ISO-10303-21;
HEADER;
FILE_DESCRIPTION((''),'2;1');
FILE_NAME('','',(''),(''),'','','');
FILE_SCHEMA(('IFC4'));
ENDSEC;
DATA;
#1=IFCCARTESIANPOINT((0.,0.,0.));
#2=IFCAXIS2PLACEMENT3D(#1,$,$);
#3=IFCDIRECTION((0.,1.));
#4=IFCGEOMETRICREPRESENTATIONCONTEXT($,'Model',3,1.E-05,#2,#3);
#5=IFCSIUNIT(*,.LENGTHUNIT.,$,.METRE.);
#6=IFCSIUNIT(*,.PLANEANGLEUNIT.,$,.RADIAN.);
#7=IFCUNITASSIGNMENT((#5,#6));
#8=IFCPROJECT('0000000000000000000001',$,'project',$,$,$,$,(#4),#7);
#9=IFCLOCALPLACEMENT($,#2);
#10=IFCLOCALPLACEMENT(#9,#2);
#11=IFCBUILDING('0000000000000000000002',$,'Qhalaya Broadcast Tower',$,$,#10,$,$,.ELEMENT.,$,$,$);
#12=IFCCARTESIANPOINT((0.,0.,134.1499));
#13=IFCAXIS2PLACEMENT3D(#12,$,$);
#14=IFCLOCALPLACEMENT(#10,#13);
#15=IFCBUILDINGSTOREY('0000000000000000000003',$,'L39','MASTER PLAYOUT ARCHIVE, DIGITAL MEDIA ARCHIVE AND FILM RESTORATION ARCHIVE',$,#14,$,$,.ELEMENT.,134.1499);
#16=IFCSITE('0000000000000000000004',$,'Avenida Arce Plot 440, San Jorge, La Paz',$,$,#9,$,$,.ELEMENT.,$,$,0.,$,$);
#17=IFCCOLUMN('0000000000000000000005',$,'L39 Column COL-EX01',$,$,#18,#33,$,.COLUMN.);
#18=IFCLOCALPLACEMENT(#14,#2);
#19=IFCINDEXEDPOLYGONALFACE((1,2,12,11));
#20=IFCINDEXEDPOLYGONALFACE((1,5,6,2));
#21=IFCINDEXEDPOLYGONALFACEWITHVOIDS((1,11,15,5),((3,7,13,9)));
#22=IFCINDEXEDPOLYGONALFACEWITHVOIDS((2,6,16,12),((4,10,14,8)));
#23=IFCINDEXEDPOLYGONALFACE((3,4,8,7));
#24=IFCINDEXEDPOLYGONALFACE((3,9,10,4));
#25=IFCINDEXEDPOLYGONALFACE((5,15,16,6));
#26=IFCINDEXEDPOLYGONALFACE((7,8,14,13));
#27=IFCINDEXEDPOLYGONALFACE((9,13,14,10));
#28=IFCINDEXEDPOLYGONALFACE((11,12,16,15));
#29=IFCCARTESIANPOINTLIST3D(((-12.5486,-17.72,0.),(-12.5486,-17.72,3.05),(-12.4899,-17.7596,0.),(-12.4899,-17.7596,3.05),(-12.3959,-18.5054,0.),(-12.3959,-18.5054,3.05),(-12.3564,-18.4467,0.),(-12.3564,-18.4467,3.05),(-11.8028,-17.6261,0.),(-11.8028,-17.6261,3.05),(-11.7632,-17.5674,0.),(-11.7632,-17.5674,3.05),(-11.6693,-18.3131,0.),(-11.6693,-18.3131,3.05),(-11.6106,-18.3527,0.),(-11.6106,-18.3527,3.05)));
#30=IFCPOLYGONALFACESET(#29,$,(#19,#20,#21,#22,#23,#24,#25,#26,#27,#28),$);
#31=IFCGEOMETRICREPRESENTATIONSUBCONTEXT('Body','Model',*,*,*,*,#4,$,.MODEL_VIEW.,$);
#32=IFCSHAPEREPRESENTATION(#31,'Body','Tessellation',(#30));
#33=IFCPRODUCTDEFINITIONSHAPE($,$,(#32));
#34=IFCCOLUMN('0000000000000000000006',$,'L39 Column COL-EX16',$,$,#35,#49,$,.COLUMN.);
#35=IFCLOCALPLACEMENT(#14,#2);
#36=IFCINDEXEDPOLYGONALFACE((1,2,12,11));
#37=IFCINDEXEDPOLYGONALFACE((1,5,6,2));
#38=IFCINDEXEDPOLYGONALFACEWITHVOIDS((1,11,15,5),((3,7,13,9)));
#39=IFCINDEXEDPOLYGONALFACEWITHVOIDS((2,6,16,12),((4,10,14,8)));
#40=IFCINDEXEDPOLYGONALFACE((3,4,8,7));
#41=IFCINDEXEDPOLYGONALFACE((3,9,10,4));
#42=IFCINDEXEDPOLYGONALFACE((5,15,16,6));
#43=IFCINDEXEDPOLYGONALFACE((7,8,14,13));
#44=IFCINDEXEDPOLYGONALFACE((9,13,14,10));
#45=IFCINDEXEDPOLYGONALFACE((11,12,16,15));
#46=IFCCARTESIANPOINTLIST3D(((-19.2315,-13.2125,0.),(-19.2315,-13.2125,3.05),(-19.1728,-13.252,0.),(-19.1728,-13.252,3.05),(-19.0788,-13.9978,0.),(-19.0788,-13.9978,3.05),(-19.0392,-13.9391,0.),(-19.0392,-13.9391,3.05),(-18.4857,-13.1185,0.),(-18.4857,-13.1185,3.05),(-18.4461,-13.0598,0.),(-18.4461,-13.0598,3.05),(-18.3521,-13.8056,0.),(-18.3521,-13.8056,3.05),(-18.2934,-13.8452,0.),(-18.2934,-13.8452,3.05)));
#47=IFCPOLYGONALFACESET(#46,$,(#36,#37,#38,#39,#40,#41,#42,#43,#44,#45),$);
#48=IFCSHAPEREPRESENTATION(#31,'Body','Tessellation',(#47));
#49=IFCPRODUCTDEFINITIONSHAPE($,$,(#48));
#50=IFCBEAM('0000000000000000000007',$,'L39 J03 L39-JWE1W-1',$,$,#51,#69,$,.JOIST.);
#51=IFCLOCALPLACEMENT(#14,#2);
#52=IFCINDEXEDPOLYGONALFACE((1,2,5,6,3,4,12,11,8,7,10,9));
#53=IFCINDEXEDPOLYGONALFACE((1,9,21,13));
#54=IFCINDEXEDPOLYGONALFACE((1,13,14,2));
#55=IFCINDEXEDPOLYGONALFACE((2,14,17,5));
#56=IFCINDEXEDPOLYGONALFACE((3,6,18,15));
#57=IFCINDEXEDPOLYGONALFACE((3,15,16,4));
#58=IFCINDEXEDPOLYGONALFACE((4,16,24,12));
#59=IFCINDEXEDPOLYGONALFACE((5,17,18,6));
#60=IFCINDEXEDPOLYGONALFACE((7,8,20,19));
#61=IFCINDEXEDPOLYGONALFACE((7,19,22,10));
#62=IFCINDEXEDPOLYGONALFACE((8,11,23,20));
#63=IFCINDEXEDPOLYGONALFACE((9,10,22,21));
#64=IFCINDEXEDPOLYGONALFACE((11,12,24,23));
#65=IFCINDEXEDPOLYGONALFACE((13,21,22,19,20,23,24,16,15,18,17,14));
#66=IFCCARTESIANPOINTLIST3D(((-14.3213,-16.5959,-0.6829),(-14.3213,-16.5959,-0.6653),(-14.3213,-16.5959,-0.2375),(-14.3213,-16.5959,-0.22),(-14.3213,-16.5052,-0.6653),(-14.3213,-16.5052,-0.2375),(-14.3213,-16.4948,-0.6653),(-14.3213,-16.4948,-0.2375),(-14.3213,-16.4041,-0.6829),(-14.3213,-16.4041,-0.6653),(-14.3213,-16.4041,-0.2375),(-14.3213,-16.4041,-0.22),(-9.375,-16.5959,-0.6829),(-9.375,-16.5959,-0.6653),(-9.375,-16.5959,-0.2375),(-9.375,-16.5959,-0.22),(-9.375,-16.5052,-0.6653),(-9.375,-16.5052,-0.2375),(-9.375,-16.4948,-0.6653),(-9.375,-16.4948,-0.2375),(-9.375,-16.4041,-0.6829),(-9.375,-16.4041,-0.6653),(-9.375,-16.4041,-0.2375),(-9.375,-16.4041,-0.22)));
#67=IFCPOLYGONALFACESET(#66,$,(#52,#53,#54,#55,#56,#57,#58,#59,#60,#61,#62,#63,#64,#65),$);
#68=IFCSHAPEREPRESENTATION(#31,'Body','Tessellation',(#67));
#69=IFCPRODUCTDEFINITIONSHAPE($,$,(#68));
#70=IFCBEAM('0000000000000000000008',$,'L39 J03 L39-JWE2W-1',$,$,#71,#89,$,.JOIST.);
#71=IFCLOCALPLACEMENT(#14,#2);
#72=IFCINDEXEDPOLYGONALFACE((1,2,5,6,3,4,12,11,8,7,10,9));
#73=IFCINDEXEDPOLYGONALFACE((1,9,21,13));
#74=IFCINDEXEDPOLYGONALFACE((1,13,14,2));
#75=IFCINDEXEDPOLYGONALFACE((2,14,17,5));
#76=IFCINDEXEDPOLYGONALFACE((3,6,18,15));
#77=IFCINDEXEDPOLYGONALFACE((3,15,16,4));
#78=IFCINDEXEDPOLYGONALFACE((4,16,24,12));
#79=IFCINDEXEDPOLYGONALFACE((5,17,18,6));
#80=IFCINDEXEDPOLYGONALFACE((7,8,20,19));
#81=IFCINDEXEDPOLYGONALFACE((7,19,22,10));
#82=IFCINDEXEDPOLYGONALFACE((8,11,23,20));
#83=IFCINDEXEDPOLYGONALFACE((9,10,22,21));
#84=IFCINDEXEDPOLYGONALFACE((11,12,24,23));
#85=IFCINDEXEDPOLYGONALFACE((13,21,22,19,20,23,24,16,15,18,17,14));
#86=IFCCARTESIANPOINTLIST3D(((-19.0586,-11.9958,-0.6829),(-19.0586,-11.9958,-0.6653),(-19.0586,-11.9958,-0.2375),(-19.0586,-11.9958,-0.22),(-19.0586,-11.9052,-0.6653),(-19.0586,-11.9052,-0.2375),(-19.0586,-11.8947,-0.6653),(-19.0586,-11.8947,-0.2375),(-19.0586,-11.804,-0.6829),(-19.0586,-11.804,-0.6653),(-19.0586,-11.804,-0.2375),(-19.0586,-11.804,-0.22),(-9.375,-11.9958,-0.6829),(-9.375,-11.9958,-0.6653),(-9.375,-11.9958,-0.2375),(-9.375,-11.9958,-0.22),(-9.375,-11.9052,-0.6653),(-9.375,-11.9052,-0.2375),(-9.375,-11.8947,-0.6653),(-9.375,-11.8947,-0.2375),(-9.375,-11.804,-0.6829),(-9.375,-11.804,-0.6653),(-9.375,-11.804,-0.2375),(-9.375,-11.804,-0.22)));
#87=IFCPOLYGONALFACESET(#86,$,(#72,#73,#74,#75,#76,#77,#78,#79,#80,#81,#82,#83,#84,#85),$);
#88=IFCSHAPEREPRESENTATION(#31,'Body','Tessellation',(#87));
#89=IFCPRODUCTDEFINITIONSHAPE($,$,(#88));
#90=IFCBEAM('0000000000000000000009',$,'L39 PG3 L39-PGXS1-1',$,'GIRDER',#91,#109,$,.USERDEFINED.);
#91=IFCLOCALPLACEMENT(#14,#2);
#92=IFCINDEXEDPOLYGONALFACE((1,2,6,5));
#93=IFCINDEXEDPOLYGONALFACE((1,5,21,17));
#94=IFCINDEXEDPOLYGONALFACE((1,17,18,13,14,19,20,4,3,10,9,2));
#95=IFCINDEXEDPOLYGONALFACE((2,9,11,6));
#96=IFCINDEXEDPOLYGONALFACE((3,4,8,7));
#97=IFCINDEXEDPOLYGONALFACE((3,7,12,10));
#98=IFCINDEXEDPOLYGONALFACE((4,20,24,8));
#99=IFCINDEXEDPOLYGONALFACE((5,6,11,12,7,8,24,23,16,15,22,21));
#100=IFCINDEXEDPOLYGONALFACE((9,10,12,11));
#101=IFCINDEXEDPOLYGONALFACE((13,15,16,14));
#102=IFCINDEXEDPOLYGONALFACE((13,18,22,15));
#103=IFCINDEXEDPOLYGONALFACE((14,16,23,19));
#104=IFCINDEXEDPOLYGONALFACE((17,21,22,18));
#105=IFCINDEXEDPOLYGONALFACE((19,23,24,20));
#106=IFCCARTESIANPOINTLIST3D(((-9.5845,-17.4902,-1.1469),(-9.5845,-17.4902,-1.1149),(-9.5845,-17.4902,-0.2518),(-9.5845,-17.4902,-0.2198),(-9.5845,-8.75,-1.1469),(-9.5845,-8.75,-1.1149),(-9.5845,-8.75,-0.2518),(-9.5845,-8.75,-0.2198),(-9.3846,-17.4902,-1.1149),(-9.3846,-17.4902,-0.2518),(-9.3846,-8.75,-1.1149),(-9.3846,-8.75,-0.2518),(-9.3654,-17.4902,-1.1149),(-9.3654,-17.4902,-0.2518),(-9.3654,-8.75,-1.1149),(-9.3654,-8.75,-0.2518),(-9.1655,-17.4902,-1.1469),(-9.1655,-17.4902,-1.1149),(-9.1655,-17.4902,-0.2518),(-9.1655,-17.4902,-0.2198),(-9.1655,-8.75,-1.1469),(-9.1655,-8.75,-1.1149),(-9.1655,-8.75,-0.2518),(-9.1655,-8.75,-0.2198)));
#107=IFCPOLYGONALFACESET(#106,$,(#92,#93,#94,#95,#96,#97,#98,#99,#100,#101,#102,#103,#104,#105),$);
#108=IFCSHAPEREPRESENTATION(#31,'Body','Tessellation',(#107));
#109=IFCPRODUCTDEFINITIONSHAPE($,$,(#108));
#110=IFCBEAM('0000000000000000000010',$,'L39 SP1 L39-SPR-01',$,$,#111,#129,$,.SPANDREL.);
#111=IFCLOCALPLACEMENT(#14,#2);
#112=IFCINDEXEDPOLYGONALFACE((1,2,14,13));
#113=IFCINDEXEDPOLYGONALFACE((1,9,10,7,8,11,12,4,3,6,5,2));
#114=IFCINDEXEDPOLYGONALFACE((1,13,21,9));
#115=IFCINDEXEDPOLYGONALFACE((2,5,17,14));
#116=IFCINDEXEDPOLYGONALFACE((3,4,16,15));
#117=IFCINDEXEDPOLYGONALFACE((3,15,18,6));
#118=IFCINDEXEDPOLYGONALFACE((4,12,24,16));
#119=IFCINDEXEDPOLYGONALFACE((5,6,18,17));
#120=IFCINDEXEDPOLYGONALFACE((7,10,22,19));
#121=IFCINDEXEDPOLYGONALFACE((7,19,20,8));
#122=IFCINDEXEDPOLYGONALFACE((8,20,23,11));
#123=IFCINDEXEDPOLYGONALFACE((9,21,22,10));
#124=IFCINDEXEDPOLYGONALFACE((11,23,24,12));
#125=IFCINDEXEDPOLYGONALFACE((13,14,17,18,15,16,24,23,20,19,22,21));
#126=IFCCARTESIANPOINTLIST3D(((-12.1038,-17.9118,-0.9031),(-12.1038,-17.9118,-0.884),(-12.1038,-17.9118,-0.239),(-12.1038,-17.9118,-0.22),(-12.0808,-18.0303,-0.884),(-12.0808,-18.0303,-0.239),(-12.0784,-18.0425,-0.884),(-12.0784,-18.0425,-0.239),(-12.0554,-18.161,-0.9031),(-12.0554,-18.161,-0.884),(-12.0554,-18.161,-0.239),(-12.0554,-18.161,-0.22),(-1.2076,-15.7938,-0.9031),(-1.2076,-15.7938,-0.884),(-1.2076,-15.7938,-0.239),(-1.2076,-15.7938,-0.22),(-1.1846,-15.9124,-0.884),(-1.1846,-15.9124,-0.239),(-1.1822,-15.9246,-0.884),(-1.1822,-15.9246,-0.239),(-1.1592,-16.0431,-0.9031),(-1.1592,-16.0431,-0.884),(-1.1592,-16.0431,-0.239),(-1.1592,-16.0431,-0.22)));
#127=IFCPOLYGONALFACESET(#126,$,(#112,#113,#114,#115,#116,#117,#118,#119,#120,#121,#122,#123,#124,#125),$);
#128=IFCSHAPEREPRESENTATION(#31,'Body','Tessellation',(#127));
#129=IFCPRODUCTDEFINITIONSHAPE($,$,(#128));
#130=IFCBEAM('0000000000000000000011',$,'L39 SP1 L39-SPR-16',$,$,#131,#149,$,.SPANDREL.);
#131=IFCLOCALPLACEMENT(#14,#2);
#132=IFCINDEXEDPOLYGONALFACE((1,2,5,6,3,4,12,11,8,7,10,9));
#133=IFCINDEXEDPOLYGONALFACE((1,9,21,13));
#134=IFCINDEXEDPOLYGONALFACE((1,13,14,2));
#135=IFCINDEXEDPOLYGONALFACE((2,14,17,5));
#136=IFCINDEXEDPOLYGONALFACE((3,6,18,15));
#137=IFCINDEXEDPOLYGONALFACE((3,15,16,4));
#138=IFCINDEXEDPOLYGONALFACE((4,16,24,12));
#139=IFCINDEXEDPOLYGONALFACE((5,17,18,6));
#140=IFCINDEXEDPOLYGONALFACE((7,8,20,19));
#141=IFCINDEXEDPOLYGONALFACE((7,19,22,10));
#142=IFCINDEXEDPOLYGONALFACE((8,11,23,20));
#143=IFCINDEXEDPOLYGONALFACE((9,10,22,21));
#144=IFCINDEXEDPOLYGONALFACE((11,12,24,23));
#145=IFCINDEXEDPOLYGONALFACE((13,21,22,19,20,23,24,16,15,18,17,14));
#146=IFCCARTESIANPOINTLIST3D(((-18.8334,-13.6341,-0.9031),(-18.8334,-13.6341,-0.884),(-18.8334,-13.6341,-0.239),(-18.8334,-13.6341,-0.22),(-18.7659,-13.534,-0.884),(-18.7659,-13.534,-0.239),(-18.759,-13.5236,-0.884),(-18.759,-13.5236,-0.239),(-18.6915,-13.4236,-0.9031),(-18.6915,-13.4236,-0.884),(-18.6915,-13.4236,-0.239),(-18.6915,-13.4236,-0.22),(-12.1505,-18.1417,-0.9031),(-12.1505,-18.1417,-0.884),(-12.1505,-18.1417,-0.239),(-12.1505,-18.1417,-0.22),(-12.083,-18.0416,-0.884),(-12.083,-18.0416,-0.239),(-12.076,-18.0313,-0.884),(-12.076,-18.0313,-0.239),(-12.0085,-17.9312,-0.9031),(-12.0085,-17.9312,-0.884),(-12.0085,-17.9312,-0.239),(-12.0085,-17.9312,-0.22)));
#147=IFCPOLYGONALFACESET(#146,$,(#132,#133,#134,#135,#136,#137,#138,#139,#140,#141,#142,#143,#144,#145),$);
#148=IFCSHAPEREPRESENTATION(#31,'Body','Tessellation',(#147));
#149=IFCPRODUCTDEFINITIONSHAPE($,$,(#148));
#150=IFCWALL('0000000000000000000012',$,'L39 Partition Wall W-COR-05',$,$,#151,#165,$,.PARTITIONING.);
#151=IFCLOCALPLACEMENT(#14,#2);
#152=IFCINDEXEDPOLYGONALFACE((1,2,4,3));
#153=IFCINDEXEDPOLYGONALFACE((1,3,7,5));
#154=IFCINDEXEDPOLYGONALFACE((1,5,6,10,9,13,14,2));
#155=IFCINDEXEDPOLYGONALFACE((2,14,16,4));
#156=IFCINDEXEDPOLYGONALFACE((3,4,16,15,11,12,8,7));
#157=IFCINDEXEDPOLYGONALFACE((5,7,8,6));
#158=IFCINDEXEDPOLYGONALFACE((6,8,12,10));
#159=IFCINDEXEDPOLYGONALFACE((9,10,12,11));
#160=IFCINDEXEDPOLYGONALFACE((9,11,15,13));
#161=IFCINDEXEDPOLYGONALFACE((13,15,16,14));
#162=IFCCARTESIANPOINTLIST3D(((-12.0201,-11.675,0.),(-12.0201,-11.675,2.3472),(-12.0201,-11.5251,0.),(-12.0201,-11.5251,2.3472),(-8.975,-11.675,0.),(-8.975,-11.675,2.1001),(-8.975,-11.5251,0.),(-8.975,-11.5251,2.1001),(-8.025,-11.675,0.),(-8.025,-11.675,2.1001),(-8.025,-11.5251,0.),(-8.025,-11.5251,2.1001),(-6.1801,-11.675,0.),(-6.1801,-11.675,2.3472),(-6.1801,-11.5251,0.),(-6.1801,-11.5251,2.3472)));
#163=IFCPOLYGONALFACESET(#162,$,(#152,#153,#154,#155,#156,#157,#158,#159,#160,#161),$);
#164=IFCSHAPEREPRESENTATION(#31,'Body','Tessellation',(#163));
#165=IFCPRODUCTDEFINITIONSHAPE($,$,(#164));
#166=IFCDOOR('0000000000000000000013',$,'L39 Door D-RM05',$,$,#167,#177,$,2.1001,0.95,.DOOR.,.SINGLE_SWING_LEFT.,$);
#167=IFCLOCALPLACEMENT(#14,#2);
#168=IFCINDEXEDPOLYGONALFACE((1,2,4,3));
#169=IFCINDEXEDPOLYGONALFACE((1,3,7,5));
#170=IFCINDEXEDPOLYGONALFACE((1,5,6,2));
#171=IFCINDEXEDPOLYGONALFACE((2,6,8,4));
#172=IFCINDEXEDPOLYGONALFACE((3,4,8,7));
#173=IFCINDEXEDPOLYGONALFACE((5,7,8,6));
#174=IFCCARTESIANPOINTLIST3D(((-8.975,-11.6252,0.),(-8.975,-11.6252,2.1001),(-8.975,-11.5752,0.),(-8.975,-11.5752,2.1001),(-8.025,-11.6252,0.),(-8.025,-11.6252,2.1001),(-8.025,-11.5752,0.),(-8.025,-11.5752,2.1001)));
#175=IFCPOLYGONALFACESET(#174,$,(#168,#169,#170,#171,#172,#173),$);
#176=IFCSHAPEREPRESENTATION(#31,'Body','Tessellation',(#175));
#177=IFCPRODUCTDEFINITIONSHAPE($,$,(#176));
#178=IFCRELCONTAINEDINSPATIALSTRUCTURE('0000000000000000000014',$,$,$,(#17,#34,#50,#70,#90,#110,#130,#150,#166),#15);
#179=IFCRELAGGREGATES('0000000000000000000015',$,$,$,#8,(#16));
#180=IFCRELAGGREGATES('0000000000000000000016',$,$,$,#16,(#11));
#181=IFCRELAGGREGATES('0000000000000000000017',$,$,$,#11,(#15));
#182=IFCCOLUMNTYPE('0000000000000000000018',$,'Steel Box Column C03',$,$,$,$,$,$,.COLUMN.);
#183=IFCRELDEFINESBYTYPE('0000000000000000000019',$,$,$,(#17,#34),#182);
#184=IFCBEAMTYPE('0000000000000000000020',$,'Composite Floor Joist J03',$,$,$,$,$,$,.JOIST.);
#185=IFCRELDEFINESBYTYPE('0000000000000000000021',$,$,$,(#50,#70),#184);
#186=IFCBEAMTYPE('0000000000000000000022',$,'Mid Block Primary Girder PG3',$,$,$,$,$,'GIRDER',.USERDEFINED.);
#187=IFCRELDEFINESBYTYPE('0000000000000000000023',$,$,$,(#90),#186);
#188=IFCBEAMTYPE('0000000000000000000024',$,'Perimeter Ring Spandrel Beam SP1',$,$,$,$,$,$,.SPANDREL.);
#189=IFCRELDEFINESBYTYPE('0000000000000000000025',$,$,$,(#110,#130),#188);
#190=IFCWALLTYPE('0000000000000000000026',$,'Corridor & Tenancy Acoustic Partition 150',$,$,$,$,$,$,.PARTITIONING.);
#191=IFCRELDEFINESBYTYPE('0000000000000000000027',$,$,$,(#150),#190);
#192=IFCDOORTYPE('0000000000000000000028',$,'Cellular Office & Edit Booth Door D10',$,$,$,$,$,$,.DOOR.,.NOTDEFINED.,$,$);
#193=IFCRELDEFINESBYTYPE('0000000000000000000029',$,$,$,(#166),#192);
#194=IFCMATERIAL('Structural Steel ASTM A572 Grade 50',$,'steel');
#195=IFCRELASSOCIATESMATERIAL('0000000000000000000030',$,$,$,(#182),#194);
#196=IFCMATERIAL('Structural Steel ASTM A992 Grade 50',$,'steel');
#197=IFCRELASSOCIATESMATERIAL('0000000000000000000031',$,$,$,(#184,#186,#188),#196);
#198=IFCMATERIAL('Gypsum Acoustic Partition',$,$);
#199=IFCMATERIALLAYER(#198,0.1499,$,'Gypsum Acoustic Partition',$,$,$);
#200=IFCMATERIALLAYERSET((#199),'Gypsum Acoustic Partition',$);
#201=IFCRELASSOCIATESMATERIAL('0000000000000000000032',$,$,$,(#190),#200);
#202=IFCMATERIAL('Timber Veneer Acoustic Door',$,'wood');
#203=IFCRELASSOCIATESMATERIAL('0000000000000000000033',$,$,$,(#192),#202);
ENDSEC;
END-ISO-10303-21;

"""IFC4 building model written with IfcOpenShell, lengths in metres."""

from ifc_helpers import new_model, si_unit, direction, frame, frame_2d, origin, origin_2d, place, context, subcontext, project, spatial, rectangle, hollow_rectangle, i_section, extrude, material, layer, layer_set, material_profile, profile_set, type_object, element, fill, save


model = new_model("IFC4")

# Units and contexts
model_context = context("Model", 3, precision=1e-05, world=origin(), true_north=direction((0.0, 1.0)))
body_context = subcontext(model_context, "Body", "Model", "MODEL_VIEW")
ifc_project = project(units=[si_unit("LENGTHUNIT", "METRE"), si_unit("PLANEANGLEUNIT", "RADIAN")], contexts=[model_context])

# Site, building, storey
site_placement = place(None, origin())
site = spatial("IfcSite", under=ifc_project, at=site_placement, Name="Avenida Arce Plot 440, San Jorge, La Paz", CompositionType="ELEMENT", RefElevation=0.0)
building_placement = place(site_placement, origin())
building = spatial("IfcBuilding", under=site, at=building_placement, Name="Qhalaya Broadcast Tower", CompositionType="ELEMENT")
storey_placement = place(building_placement, frame((0.0, 0.0, 134.1499)))
storey = spatial("IfcBuildingStorey", under=building, at=storey_placement, Name="L39", Description="MASTER PLAYOUT ARCHIVE, DIGITAL MEDIA ARCHIVE AND FILM RESTORATION ARCHIVE", CompositionType="ELEMENT", Elevation=134.1499)

# Columns
ifc_material_1 = material(Name="Structural Steel ASTM A572 Grade 50", Category="steel")
ifc_material_profile_1 = material_profile(ifc_material_1, hollow_rectangle(XDim=0.8, YDim=0.8, WallThickness=0.05, at=origin_2d()), Name="BOX 800x800x50")
ifc_profile_set_1 = profile_set([ifc_material_profile_1], Name="Structural Steel ASTM A572 Grade 50")
column_type = type_object("IfcColumnType", Name="Steel Box Column C03", PredefinedType="COLUMN", material=ifc_profile_set_1)
for number, where, z_axis, x_axis, name in (
    (1, (-12.0796, -18.0364, 0.0), (0.0, 0.0, 1.0), (0.981627, 0.190809, 0.0), "L39 Column COL-EX01"),
    (2, (-18.7625, -13.5288, 0.0), (0.0, 0.0, 1.0), (-0.190809, 0.981627, 0.0), "L39 Column COL-EX16"),
):
    element("IfcColumn", number, at=place(storey_placement, frame(where, z_axis=z_axis, x_axis=x_axis)), inside=storey, type_object=column_type, Name=name, PredefinedType="COLUMN", context=body_context, shape_type="SweptSolid", body=[
        extrude(hollow_rectangle(XDim=0.8, YDim=0.8, WallThickness=0.05, at=origin_2d()), origin(), (0.0, 0.0, 1.0), 3.05),
    ])

# Beams
ifc_material_2 = material(Name="Structural Steel ASTM A992 Grade 50", Category="steel")
ifc_material_profile_2 = material_profile(ifc_material_2, i_section(OverallWidth=0.1919, OverallDepth=0.4629, WebThickness=0.0105, FlangeThickness=0.0176, at=origin_2d()), Name="W18X60")
ifc_profile_set_2 = profile_set([ifc_material_profile_2], Name="Structural Steel ASTM A992 Grade 50")
beam_type_1 = type_object("IfcBeamType", Name="Composite Floor Joist J03", PredefinedType="JOIST", material=ifc_profile_set_2)
beam_1_placement = place(storey_placement, frame((-14.3213, -16.5, -0.4514), z_axis=(1.0, 0.0, 0.0), x_axis=(0.0, 1.0, 0.0)))
element("IfcBeam", 3, at=beam_1_placement, inside=storey, type_object=beam_type_1, Name="L39 J03 L39-JWE1W-1", PredefinedType="JOIST", context=body_context, shape_type="SweptSolid", body=[
    extrude(i_section(OverallWidth=0.1919, OverallDepth=0.4629, WebThickness=0.0105, FlangeThickness=0.0176, at=origin_2d()), origin(), (0.0, 0.0, 1.0), 4.9463),
])
beam_2_placement = place(storey_placement, frame((-19.0586, -11.8999, -0.4514), z_axis=(1.0, 0.0, 0.0), x_axis=(0.0, 1.0, 0.0)))
element("IfcBeam", 4, at=beam_2_placement, inside=storey, type_object=beam_type_1, Name="L39 J03 L39-JWE2W-1", PredefinedType="JOIST", context=body_context, shape_type="SweptSolid", body=[
    extrude(i_section(OverallWidth=0.1919, OverallDepth=0.4629, WebThickness=0.0105, FlangeThickness=0.0176, at=origin_2d()), origin(), (0.0, 0.0, 1.0), 9.6836),
])
ifc_material_profile_3 = material_profile(ifc_material_2, i_section(OverallWidth=0.4189, OverallDepth=0.927, WebThickness=0.0193, FlangeThickness=0.032, at=origin_2d()), Name="W36X231")
ifc_profile_set_3 = profile_set([ifc_material_profile_3], Name="Structural Steel ASTM A992 Grade 50")
beam_type_2 = type_object("IfcBeamType", Name="Mid Block Primary Girder PG3", ElementType="GIRDER", PredefinedType="USERDEFINED", material=ifc_profile_set_3)
beam_3_placement = place(storey_placement, frame((-9.375, -17.4902, -0.6833), z_axis=(0.0, 1.0, 0.0), x_axis=(-1.0, 0.0, 0.0)))
element("IfcBeam", 5, at=beam_3_placement, inside=storey, type_object=beam_type_2, Name="L39 PG3 L39-PGXS1-1", ObjectType="GIRDER", PredefinedType="USERDEFINED", context=body_context, shape_type="SweptSolid", body=[
    extrude(i_section(OverallWidth=0.4189, OverallDepth=0.927, WebThickness=0.0193, FlangeThickness=0.032, at=origin_2d()), origin(), (0.0, 0.0, 1.0), 8.7402),
])
ifc_material_profile_4 = material_profile(ifc_material_2, i_section(OverallWidth=0.2539, OverallDepth=0.6831, WebThickness=0.0125, FlangeThickness=0.019, at=origin_2d()), Name="W27X94")
ifc_profile_set_4 = profile_set([ifc_material_profile_4], Name="Structural Steel ASTM A992 Grade 50")
beam_type_3 = type_object("IfcBeamType", Name="Perimeter Ring Spandrel Beam SP1", PredefinedType="SPANDREL", material=ifc_profile_set_4)
beam_4_placement = place(storey_placement, frame((-12.0796, -18.0364, -0.5615), z_axis=(0.981629, 0.190801, 0.0), x_axis=(-0.190801, 0.981629, 0.0)))
element("IfcBeam", 6, at=beam_4_placement, inside=storey, type_object=beam_type_3, Name="L39 SP1 L39-SPR-01", PredefinedType="SPANDREL", context=body_context, shape_type="SweptSolid", body=[
    extrude(i_section(OverallWidth=0.2539, OverallDepth=0.6831, WebThickness=0.0125, FlangeThickness=0.019, at=origin_2d()), origin(), (0.0, 0.0, 1.0), 11.1001),
])
beam_5_placement = place(storey_placement, frame((-18.7625, -13.5288, -0.5615), z_axis=(0.829042, -0.559186, 0.0), x_axis=(0.559186, 0.829042, 0.0)))
element("IfcBeam", 7, at=beam_5_placement, inside=storey, type_object=beam_type_3, Name="L39 SP1 L39-SPR-16", PredefinedType="SPANDREL", context=body_context, shape_type="SweptSolid", body=[
    extrude(i_section(OverallWidth=0.2539, OverallDepth=0.6831, WebThickness=0.0125, FlangeThickness=0.019, at=origin_2d()), origin(), (0.0, 0.0, 1.0), 8.061),
])

# Wall, opening, door
ifc_material_3 = material(Name="Gypsum Acoustic Partition")
ifc_layer_1 = layer(ifc_material_3, 0.1499, Name="Gypsum Acoustic Partition")
ifc_layer_set_1 = layer_set([ifc_layer_1], Name="Gypsum Acoustic Partition")
wall_type_1 = type_object("IfcWallType", Name="Corridor & Tenancy Acoustic Partition 150", PredefinedType="PARTITIONING", material=ifc_layer_set_1)
wall_1_placement = place(storey_placement, frame((-12.02, -11.6001, 0.0), z_axis=(0.0, 0.0, 1.0), x_axis=(1.0, 0.0, 0.0)))
wall_1 = element("IfcWall", 8, at=wall_1_placement, inside=storey, type_object=wall_type_1, Name="L39 Partition Wall W-COR-05", PredefinedType="PARTITIONING", context=body_context, shape_type="SweptSolid", body=[
    extrude(rectangle(XDim=5.8401, YDim=0.1499, at=frame_2d((2.9199, 0.0))), origin(), (0.0, 0.0, 1.0), 2.3472),
])
opening_1_placement = place(wall_1_placement, frame((3.0449, 0.0, 0.0)))
opening_1 = element("IfcOpeningElement", 9, at=opening_1_placement, cuts=wall_1, PredefinedType="OPENING", context=body_context, shape_type="SweptSolid", body=[
    extrude(rectangle(XDim=0.95, YDim=2.1001, at=frame_2d((0.4751, 1.05))), frame((0.0, 0.0869, 0.0), z_axis=(0.0, -1.0, 0.0), x_axis=(1.0, 0.0, 0.0)), (0.0, 0.0, 1.0), 0.1738),
])
ifc_material_4 = material(Name="Timber Veneer Acoustic Door", Category="wood")
door_type = type_object("IfcDoorType", Name="Cellular Office & Edit Booth Door D10", OperationType="NOTDEFINED", PredefinedType="DOOR", material=ifc_material_4)
door_1_placement = place(opening_1_placement, origin())
door_1 = element("IfcDoor", 10, at=door_1_placement, inside=storey, type_object=door_type, Name="L39 Door D-RM05", OperationType="SINGLE_SWING_LEFT", OverallHeight=2.1001, OverallWidth=0.95, PredefinedType="DOOR", context=body_context, shape_type="SweptSolid", body=[
    extrude(rectangle(XDim=0.95, YDim=2.1001, at=frame_2d((0.4751, 1.05))), frame((0.0, 0.0249, 0.0), z_axis=(0.0, -1.0, 0.0), x_axis=(1.0, 0.0, 0.0)), (0.0, 0.0, 1.0), 0.05),
])
fill(opening_1, door_1)

save(model, "model.ifc")
